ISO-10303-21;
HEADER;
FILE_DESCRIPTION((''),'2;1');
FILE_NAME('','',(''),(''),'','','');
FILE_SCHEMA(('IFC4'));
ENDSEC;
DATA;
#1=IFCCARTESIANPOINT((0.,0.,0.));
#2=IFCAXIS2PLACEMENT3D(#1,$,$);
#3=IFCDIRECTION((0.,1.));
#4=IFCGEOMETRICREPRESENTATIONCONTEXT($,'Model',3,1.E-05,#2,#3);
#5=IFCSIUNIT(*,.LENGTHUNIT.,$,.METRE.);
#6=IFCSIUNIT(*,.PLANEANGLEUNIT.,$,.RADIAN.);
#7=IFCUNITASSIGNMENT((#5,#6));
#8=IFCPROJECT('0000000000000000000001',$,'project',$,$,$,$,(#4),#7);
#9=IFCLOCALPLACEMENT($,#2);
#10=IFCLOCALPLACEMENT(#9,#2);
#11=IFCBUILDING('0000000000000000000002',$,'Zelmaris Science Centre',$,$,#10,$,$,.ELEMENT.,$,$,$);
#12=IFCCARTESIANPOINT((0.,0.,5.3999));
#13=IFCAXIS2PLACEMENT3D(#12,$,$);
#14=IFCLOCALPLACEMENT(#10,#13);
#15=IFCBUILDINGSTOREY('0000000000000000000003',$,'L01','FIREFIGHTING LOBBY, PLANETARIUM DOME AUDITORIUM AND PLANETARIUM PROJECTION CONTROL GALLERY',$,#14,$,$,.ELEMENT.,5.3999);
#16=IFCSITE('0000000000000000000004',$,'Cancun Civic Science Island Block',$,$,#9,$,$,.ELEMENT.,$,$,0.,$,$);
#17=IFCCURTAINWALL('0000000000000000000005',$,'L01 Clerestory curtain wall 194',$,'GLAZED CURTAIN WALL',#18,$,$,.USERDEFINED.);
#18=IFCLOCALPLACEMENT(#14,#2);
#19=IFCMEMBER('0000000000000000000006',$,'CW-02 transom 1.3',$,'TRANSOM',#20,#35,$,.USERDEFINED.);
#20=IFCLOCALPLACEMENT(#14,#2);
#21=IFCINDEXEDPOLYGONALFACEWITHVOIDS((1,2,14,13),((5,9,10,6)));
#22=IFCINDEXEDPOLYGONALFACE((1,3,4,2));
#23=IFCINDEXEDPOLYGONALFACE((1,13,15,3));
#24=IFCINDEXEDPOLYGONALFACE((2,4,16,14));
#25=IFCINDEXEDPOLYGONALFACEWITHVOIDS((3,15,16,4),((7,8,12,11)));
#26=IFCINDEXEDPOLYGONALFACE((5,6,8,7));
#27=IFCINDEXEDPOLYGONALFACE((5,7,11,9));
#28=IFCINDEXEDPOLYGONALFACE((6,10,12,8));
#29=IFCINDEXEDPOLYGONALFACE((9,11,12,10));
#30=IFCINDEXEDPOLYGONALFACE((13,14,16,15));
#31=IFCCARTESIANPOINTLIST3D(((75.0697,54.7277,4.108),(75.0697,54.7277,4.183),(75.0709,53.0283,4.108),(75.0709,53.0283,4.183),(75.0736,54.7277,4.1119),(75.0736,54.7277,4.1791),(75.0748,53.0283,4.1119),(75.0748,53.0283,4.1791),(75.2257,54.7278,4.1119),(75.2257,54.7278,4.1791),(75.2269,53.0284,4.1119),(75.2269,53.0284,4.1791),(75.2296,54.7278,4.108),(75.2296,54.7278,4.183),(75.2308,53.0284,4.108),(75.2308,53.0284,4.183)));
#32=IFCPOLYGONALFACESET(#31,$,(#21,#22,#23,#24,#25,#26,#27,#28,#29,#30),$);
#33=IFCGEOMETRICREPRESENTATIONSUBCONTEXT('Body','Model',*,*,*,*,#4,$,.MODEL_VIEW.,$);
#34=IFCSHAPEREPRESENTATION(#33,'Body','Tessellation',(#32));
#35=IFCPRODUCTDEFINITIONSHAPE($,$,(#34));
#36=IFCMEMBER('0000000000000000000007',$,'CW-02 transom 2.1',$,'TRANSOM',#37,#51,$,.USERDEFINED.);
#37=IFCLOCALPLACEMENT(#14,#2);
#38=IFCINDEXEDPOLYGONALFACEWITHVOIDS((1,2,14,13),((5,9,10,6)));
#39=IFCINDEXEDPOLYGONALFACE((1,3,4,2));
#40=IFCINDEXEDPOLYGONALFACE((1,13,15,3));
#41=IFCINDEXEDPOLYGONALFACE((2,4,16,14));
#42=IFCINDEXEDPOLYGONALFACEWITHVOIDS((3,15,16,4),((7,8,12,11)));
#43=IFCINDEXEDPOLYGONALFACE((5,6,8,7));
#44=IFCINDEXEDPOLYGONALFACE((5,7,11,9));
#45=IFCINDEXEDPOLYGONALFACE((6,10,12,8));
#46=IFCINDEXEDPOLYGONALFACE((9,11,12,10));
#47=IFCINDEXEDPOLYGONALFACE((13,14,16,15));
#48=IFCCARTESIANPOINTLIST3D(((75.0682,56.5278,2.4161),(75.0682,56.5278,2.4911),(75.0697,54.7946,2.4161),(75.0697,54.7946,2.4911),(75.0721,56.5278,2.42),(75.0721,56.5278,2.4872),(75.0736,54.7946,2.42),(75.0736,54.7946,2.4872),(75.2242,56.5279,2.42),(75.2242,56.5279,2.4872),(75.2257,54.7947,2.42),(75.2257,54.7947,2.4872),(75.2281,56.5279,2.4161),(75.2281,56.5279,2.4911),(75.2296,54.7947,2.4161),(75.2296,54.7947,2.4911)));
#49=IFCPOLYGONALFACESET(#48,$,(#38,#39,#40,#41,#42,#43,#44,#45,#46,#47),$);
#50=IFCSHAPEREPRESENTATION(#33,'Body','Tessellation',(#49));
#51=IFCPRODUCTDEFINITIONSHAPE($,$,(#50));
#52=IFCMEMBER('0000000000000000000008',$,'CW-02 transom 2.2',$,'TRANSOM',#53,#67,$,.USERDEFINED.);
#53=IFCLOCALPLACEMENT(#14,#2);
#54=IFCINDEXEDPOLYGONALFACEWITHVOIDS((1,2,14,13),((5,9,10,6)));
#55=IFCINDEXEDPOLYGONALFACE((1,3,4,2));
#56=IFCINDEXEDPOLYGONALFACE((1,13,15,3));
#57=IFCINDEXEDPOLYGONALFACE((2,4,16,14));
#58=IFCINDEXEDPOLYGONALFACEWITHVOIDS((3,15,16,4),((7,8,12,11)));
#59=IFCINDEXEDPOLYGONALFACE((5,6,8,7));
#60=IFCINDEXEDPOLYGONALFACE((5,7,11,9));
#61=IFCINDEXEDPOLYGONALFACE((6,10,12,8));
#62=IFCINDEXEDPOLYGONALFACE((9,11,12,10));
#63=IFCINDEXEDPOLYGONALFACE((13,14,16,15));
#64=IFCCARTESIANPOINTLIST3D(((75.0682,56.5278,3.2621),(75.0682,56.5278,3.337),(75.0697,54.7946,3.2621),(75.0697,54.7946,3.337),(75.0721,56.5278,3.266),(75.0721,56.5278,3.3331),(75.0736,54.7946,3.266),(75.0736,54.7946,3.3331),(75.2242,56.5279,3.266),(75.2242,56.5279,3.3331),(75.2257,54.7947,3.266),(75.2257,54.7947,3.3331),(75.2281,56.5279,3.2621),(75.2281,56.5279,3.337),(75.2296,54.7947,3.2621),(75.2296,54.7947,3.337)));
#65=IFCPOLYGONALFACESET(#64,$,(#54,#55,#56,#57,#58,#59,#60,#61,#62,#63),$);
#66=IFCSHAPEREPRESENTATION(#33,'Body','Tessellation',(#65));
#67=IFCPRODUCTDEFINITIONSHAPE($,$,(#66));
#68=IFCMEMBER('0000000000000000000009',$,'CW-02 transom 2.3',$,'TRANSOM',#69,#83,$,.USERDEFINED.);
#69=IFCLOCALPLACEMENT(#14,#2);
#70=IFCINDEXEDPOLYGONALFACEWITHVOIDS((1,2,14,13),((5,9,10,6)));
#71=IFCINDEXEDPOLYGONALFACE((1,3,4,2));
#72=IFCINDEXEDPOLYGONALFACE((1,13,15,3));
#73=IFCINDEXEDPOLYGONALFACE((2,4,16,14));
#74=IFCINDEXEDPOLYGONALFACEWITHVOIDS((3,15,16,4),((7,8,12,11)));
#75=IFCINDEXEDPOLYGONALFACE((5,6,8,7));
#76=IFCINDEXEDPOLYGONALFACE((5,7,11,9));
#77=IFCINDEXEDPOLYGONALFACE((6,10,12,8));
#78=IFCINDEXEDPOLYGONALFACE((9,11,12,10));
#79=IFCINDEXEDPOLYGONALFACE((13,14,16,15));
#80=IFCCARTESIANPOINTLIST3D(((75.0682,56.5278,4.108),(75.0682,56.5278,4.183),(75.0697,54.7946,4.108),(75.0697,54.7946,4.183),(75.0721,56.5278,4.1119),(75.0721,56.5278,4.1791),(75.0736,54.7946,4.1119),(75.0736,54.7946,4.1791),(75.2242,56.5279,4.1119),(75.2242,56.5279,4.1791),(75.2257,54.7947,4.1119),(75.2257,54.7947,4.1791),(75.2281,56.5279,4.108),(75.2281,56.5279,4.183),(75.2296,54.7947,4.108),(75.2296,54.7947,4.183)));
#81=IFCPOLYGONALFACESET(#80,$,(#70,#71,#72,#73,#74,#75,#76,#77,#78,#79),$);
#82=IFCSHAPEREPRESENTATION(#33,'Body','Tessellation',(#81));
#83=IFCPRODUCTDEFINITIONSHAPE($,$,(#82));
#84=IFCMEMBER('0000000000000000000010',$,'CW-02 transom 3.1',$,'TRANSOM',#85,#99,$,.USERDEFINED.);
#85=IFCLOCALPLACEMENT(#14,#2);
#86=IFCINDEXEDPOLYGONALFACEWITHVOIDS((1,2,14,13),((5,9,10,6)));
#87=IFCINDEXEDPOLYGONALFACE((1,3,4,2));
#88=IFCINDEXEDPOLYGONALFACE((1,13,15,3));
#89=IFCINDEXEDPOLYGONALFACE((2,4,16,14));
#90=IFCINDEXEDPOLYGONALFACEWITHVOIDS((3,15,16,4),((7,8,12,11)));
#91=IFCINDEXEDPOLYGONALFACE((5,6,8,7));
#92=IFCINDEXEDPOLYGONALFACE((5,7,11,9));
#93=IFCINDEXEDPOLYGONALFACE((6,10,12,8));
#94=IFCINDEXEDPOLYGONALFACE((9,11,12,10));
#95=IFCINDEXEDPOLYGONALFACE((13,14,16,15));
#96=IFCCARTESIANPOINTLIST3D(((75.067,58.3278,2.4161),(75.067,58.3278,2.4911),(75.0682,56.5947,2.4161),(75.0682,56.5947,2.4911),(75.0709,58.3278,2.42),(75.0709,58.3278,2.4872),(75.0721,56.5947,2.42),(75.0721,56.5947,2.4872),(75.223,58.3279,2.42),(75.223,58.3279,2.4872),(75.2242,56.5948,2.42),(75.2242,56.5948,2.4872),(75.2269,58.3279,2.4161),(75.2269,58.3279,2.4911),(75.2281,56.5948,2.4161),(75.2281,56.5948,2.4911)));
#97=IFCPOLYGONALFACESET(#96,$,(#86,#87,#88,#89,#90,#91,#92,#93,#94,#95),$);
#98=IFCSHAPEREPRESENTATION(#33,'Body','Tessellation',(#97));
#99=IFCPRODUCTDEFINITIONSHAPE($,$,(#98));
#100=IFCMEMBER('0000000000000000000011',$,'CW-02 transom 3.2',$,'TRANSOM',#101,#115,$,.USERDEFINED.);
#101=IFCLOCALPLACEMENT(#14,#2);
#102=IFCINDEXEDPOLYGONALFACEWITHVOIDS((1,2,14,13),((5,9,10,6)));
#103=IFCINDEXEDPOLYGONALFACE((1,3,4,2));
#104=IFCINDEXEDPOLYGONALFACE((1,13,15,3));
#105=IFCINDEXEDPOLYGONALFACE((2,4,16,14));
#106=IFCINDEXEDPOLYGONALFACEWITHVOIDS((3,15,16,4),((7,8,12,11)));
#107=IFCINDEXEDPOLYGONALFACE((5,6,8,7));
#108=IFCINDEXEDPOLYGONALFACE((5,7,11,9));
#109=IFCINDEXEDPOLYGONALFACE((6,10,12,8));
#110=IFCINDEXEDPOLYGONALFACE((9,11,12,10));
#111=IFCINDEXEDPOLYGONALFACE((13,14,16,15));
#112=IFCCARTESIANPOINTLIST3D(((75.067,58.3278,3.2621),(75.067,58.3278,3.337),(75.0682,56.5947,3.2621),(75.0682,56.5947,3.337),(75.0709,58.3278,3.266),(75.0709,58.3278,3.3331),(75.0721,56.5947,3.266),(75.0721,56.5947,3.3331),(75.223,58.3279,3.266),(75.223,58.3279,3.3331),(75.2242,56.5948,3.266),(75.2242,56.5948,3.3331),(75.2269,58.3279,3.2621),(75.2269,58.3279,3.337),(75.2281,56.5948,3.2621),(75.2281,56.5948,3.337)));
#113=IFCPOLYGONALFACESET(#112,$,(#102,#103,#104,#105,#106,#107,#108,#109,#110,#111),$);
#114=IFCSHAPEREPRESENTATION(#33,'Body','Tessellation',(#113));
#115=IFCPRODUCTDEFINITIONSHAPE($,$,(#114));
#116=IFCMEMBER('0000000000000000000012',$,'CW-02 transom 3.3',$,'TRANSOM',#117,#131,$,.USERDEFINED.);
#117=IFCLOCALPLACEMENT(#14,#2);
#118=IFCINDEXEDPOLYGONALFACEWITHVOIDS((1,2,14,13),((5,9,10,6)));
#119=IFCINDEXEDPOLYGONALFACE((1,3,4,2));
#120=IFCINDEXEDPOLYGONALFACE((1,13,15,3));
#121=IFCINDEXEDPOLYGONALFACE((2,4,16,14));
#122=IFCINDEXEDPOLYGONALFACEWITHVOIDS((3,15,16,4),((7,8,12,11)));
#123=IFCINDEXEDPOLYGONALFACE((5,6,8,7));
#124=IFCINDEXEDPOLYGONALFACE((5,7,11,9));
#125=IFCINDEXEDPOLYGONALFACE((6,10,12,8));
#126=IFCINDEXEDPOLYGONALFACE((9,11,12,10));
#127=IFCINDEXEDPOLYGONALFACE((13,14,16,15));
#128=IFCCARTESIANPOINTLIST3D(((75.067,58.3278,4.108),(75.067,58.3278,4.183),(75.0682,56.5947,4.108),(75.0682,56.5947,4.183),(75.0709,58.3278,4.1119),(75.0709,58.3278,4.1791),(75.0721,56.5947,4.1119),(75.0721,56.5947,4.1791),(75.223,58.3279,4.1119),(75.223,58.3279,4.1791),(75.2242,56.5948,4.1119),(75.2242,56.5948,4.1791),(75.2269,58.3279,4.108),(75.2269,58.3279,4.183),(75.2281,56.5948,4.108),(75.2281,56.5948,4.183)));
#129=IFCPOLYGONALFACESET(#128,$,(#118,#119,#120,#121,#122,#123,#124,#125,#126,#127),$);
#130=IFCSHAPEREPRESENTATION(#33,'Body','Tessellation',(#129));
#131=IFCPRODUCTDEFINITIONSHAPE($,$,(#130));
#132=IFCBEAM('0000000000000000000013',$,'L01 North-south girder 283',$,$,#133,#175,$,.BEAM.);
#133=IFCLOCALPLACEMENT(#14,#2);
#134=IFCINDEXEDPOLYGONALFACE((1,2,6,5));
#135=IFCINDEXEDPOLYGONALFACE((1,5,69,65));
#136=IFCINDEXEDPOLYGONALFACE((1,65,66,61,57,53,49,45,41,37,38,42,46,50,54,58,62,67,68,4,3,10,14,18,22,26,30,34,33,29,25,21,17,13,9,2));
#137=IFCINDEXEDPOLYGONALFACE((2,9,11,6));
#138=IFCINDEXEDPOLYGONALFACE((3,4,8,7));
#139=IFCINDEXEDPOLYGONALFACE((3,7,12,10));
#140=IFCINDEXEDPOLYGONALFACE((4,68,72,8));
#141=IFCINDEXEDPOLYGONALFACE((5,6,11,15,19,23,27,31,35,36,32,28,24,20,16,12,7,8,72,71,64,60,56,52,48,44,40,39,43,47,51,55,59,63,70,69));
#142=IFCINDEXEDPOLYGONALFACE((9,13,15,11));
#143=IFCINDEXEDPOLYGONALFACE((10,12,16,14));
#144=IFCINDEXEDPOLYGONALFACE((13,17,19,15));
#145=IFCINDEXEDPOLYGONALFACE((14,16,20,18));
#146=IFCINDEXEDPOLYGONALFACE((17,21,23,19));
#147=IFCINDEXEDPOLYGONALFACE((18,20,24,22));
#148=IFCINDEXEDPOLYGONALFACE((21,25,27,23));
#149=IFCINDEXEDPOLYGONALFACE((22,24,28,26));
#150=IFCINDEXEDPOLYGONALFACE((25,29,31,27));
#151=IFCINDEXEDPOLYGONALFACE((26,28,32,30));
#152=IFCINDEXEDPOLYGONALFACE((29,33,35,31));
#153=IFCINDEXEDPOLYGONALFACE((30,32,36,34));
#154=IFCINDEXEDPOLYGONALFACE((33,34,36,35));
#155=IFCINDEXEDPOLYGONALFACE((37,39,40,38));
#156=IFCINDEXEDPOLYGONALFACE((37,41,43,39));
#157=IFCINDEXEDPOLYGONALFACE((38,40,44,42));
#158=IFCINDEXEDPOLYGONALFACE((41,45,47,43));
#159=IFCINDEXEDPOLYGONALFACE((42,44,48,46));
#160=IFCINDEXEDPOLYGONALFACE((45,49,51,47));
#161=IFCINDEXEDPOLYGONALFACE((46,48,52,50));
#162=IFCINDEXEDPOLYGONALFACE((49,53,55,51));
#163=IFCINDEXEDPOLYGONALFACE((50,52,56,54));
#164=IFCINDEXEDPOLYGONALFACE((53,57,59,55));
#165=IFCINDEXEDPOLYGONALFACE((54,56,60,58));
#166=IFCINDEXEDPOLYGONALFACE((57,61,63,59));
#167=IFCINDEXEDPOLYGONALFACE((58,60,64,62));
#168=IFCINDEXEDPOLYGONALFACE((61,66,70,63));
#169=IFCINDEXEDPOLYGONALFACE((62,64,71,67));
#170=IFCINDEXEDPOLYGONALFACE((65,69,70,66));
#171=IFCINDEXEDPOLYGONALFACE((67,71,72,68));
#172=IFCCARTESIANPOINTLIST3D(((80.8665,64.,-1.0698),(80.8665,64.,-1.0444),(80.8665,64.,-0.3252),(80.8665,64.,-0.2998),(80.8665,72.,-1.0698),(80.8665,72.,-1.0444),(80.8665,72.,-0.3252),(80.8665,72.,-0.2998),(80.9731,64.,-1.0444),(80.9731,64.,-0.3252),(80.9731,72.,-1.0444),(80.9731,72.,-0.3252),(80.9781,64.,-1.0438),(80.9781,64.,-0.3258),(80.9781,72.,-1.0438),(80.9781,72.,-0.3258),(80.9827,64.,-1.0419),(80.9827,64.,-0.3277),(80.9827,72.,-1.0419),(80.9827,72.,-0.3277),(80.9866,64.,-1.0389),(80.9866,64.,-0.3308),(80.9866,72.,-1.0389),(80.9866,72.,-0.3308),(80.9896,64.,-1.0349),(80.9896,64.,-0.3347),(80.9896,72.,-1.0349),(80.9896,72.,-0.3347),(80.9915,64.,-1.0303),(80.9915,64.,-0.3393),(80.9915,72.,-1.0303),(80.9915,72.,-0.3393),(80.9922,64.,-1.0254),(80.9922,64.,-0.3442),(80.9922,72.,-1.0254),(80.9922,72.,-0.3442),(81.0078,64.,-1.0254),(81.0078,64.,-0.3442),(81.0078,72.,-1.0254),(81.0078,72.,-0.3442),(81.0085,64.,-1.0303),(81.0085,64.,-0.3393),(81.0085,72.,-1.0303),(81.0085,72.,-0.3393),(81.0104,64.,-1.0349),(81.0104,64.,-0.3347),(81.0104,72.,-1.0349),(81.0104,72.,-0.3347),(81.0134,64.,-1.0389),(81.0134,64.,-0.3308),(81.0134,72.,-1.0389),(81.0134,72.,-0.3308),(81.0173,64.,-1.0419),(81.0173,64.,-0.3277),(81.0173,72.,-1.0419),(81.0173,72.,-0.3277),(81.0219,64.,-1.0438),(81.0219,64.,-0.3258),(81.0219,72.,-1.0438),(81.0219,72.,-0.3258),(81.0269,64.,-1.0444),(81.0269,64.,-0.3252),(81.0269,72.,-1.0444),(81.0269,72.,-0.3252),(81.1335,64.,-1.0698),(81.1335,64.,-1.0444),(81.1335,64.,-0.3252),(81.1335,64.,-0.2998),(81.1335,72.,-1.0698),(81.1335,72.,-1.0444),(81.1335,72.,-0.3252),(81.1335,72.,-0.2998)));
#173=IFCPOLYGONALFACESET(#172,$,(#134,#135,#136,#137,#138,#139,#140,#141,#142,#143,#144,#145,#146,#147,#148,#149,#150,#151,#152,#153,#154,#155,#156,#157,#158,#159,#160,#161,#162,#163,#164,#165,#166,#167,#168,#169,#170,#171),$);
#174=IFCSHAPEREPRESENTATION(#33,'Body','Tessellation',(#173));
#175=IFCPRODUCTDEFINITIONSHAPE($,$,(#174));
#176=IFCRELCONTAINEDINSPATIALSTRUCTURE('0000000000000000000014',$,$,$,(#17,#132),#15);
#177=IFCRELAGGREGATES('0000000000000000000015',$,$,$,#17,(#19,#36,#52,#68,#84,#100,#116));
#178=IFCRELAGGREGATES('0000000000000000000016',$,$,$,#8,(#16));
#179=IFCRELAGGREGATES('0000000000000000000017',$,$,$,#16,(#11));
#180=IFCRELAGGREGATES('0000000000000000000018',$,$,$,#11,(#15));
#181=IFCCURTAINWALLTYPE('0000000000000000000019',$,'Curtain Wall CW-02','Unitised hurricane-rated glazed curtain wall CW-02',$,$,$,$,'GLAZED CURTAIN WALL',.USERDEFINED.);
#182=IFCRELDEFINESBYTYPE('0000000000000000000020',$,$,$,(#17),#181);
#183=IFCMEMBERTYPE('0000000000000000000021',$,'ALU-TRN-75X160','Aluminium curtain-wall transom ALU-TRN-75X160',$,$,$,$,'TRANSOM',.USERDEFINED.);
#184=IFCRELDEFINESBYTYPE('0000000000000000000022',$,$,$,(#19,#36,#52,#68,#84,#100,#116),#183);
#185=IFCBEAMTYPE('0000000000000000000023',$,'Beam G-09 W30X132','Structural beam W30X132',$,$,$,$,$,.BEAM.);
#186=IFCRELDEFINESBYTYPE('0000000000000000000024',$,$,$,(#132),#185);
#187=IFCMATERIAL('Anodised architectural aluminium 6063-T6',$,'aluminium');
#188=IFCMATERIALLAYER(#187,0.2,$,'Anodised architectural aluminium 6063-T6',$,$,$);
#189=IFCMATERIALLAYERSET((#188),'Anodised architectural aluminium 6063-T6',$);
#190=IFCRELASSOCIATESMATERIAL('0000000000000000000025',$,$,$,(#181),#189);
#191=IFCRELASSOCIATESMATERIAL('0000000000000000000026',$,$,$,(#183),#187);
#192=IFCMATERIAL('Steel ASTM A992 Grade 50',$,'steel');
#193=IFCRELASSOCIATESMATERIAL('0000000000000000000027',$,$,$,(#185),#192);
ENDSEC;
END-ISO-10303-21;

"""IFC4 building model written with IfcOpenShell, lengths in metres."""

from ifc_helpers import new_model, si_unit, direction, frame, origin, origin_2d, place, context, subcontext, project, spatial, hollow_rectangle, i_section, extrude, material, layer, layer_set, material_profile, profile_set, type_object, element, aggregate, save


model = new_model("IFC4")

# Units and contexts
model_context = context("Model", 3, precision=1e-05, world=origin(), true_north=direction((0.0, 1.0)))
body_context = subcontext(model_context, "Body", "Model", "MODEL_VIEW")
ifc_project = project(units=[si_unit("LENGTHUNIT", "METRE"), si_unit("PLANEANGLEUNIT", "RADIAN")], contexts=[model_context])

# Site, building, storey
site_placement = place(None, origin())
site = spatial("IfcSite", under=ifc_project, at=site_placement, Name="Cancun Civic Science Island Block", CompositionType="ELEMENT", RefElevation=0.0)
building_placement = place(site_placement, origin())
building = spatial("IfcBuilding", under=site, at=building_placement, Name="Zelmaris Science Centre", CompositionType="ELEMENT")
storey_placement = place(building_placement, frame((0.0, 0.0, 5.3999)))
storey = spatial("IfcBuildingStorey", under=building, at=storey_placement, Name="L01", Description="FIREFIGHTING LOBBY, PLANETARIUM DOME AUDITORIUM AND PLANETARIUM PROJECTION CONTROL GALLERY", CompositionType="ELEMENT", Elevation=5.3999)

# Shared definitions
ifc_material_1 = material(Name="Steel ASTM A992 Grade 50", Category="steel")

# Curtain wall, members
ifc_material_2 = material(Name="Anodised architectural aluminium 6063-T6", Category="aluminium")
ifc_layer_1 = layer(ifc_material_2, 0.2, Name="Anodised architectural aluminium 6063-T6")
ifc_layer_set_1 = layer_set([ifc_layer_1], Name="Anodised architectural aluminium 6063-T6")
curtain_wall_type = type_object("IfcCurtainWallType", Name="Curtain Wall CW-02", Description="Unitised hurricane-rated glazed curtain wall CW-02", ElementType="GLAZED CURTAIN WALL", PredefinedType="USERDEFINED", material=ifc_layer_set_1)
curtain_wall_placement = place(storey_placement, origin())
curtain_wall = element("IfcCurtainWall", 1, at=curtain_wall_placement, inside=storey, type_object=curtain_wall_type, Name="L01 Clerestory curtain wall 194", ObjectType="GLAZED CURTAIN WALL", PredefinedType="USERDEFINED")
ifc_material_profile_1 = material_profile(ifc_material_2, hollow_rectangle(XDim=0.075, YDim=0.1599, WallThickness=0.0039, at=origin_2d()), Name="ALU-TRN-75X160")
ifc_profile_set_1 = profile_set([ifc_material_profile_1], Name="Anodised architectural aluminium 6063-T6")
member_type_1 = type_object("IfcMemberType", Name="ALU-TRN-75X160", Description="Aluminium curtain-wall transom ALU-TRN-75X160", ElementType="TRANSOM", PredefinedType="USERDEFINED", material=ifc_profile_set_1)
member_1_placement = place(storey_placement, frame((75.1509, 53.0283, 4.1455), z_axis=(-0.000718, 1.0, 0.0), x_axis=(0.0, 0.0, 1.0)))
member_1 = element("IfcMember", 2, at=member_1_placement, type_object=member_type_1, Name="CW-02 transom 1.3", ObjectType="TRANSOM", PredefinedType="USERDEFINED", context=body_context, shape_type="SweptSolid", body=[
    extrude(hollow_rectangle(XDim=0.075, YDim=0.1599, WallThickness=0.0039, at=origin_2d()), origin(), (0.0, 0.0, 1.0), 1.6995),
])
member_2_placement = place(storey_placement, frame((75.1497, 54.7947, 2.4536), z_axis=(-0.000845, 1.0, 0.0), x_axis=(0.0, 0.0, 1.0)))
member_2 = element("IfcMember", 3, at=member_2_placement, type_object=member_type_1, Name="CW-02 transom 2.1", ObjectType="TRANSOM", PredefinedType="USERDEFINED", context=body_context, shape_type="SweptSolid", body=[
    extrude(hollow_rectangle(XDim=0.075, YDim=0.1599, WallThickness=0.0039, at=origin_2d()), origin(), (0.0, 0.0, 1.0), 1.7332),
])
member_3_placement = place(storey_placement, frame((75.1497, 54.7947, 3.2996), z_axis=(-0.000845, 1.0, 0.0), x_axis=(0.0, 0.0, 1.0)))
member_3 = element("IfcMember", 4, at=member_3_placement, type_object=member_type_1, Name="CW-02 transom 2.2", ObjectType="TRANSOM", PredefinedType="USERDEFINED", context=body_context, shape_type="SweptSolid", body=[
    extrude(hollow_rectangle(XDim=0.075, YDim=0.1599, WallThickness=0.0039, at=origin_2d()), origin(), (0.0, 0.0, 1.0), 1.7332),
])
member_4_placement = place(storey_placement, frame((75.1497, 54.7947, 4.1455), z_axis=(-0.000845, 1.0, 0.0), x_axis=(0.0, 0.0, 1.0)))
member_4 = element("IfcMember", 5, at=member_4_placement, type_object=member_type_1, Name="CW-02 transom 2.3", ObjectType="TRANSOM", PredefinedType="USERDEFINED", context=body_context, shape_type="SweptSolid", body=[
    extrude(hollow_rectangle(XDim=0.075, YDim=0.1599, WallThickness=0.0039, at=origin_2d()), origin(), (0.0, 0.0, 1.0), 1.7332),
])
member_5_placement = place(storey_placement, frame((75.1482, 56.5947, 2.4536), z_axis=(-0.000704, 1.0, 0.0), x_axis=(0.0, 0.0, 1.0)))
member_5 = element("IfcMember", 6, at=member_5_placement, type_object=member_type_1, Name="CW-02 transom 3.1", ObjectType="TRANSOM", PredefinedType="USERDEFINED", context=body_context, shape_type="SweptSolid", body=[
    extrude(hollow_rectangle(XDim=0.075, YDim=0.1599, WallThickness=0.0039, at=origin_2d()), origin(), (0.0, 0.0, 1.0), 1.7332),
])
member_6_placement = place(storey_placement, frame((75.1482, 56.5947, 3.2996), z_axis=(-0.000704, 1.0, 0.0), x_axis=(0.0, 0.0, 1.0)))
member_6 = element("IfcMember", 7, at=member_6_placement, type_object=member_type_1, Name="CW-02 transom 3.2", ObjectType="TRANSOM", PredefinedType="USERDEFINED", context=body_context, shape_type="SweptSolid", body=[
    extrude(hollow_rectangle(XDim=0.075, YDim=0.1599, WallThickness=0.0039, at=origin_2d()), origin(), (0.0, 0.0, 1.0), 1.7332),
])
member_7_placement = place(storey_placement, frame((75.1482, 56.5947, 4.1455), z_axis=(-0.000704, 1.0, 0.0), x_axis=(0.0, 0.0, 1.0)))
member_7 = element("IfcMember", 8, at=member_7_placement, type_object=member_type_1, Name="CW-02 transom 3.3", ObjectType="TRANSOM", PredefinedType="USERDEFINED", context=body_context, shape_type="SweptSolid", body=[
    extrude(hollow_rectangle(XDim=0.075, YDim=0.1599, WallThickness=0.0039, at=origin_2d()), origin(), (0.0, 0.0, 1.0), 1.7332),
])

# Beam
ifc_material_profile_2 = material_profile(ifc_material_1, i_section(OverallWidth=0.2671, OverallDepth=0.77, WebThickness=0.0156, FlangeThickness=0.0254, FilletRadius=0.019, at=origin_2d()), Name="W30X132")
ifc_profile_set_2 = profile_set([ifc_material_profile_2], Name="Steel ASTM A992 Grade 50")
beam_type_1 = type_object("IfcBeamType", Name="Beam G-09 W30X132", Description="Structural beam W30X132", PredefinedType="BEAM", material=ifc_profile_set_2)
beam_1_placement = place(storey_placement, frame((81.0, 64.0, -0.6848), z_axis=(0.0, 1.0, 0.0), x_axis=(-1.0, 0.0, 0.0)))
element("IfcBeam", 9, at=beam_1_placement, inside=storey, type_object=beam_type_1, Name="L01 North-south girder 283", PredefinedType="BEAM", context=body_context, shape_type="SweptSolid", body=[
    extrude(i_section(OverallWidth=0.2671, OverallDepth=0.77, WebThickness=0.0156, FlangeThickness=0.0254, FilletRadius=0.019, at=origin_2d()), origin(), (0.0, 0.0, 1.0), 8.0),
])

aggregate(curtain_wall, [member_1, member_2, member_3, member_4, member_5, member_6, member_7])

save(model, "model.ifc")
